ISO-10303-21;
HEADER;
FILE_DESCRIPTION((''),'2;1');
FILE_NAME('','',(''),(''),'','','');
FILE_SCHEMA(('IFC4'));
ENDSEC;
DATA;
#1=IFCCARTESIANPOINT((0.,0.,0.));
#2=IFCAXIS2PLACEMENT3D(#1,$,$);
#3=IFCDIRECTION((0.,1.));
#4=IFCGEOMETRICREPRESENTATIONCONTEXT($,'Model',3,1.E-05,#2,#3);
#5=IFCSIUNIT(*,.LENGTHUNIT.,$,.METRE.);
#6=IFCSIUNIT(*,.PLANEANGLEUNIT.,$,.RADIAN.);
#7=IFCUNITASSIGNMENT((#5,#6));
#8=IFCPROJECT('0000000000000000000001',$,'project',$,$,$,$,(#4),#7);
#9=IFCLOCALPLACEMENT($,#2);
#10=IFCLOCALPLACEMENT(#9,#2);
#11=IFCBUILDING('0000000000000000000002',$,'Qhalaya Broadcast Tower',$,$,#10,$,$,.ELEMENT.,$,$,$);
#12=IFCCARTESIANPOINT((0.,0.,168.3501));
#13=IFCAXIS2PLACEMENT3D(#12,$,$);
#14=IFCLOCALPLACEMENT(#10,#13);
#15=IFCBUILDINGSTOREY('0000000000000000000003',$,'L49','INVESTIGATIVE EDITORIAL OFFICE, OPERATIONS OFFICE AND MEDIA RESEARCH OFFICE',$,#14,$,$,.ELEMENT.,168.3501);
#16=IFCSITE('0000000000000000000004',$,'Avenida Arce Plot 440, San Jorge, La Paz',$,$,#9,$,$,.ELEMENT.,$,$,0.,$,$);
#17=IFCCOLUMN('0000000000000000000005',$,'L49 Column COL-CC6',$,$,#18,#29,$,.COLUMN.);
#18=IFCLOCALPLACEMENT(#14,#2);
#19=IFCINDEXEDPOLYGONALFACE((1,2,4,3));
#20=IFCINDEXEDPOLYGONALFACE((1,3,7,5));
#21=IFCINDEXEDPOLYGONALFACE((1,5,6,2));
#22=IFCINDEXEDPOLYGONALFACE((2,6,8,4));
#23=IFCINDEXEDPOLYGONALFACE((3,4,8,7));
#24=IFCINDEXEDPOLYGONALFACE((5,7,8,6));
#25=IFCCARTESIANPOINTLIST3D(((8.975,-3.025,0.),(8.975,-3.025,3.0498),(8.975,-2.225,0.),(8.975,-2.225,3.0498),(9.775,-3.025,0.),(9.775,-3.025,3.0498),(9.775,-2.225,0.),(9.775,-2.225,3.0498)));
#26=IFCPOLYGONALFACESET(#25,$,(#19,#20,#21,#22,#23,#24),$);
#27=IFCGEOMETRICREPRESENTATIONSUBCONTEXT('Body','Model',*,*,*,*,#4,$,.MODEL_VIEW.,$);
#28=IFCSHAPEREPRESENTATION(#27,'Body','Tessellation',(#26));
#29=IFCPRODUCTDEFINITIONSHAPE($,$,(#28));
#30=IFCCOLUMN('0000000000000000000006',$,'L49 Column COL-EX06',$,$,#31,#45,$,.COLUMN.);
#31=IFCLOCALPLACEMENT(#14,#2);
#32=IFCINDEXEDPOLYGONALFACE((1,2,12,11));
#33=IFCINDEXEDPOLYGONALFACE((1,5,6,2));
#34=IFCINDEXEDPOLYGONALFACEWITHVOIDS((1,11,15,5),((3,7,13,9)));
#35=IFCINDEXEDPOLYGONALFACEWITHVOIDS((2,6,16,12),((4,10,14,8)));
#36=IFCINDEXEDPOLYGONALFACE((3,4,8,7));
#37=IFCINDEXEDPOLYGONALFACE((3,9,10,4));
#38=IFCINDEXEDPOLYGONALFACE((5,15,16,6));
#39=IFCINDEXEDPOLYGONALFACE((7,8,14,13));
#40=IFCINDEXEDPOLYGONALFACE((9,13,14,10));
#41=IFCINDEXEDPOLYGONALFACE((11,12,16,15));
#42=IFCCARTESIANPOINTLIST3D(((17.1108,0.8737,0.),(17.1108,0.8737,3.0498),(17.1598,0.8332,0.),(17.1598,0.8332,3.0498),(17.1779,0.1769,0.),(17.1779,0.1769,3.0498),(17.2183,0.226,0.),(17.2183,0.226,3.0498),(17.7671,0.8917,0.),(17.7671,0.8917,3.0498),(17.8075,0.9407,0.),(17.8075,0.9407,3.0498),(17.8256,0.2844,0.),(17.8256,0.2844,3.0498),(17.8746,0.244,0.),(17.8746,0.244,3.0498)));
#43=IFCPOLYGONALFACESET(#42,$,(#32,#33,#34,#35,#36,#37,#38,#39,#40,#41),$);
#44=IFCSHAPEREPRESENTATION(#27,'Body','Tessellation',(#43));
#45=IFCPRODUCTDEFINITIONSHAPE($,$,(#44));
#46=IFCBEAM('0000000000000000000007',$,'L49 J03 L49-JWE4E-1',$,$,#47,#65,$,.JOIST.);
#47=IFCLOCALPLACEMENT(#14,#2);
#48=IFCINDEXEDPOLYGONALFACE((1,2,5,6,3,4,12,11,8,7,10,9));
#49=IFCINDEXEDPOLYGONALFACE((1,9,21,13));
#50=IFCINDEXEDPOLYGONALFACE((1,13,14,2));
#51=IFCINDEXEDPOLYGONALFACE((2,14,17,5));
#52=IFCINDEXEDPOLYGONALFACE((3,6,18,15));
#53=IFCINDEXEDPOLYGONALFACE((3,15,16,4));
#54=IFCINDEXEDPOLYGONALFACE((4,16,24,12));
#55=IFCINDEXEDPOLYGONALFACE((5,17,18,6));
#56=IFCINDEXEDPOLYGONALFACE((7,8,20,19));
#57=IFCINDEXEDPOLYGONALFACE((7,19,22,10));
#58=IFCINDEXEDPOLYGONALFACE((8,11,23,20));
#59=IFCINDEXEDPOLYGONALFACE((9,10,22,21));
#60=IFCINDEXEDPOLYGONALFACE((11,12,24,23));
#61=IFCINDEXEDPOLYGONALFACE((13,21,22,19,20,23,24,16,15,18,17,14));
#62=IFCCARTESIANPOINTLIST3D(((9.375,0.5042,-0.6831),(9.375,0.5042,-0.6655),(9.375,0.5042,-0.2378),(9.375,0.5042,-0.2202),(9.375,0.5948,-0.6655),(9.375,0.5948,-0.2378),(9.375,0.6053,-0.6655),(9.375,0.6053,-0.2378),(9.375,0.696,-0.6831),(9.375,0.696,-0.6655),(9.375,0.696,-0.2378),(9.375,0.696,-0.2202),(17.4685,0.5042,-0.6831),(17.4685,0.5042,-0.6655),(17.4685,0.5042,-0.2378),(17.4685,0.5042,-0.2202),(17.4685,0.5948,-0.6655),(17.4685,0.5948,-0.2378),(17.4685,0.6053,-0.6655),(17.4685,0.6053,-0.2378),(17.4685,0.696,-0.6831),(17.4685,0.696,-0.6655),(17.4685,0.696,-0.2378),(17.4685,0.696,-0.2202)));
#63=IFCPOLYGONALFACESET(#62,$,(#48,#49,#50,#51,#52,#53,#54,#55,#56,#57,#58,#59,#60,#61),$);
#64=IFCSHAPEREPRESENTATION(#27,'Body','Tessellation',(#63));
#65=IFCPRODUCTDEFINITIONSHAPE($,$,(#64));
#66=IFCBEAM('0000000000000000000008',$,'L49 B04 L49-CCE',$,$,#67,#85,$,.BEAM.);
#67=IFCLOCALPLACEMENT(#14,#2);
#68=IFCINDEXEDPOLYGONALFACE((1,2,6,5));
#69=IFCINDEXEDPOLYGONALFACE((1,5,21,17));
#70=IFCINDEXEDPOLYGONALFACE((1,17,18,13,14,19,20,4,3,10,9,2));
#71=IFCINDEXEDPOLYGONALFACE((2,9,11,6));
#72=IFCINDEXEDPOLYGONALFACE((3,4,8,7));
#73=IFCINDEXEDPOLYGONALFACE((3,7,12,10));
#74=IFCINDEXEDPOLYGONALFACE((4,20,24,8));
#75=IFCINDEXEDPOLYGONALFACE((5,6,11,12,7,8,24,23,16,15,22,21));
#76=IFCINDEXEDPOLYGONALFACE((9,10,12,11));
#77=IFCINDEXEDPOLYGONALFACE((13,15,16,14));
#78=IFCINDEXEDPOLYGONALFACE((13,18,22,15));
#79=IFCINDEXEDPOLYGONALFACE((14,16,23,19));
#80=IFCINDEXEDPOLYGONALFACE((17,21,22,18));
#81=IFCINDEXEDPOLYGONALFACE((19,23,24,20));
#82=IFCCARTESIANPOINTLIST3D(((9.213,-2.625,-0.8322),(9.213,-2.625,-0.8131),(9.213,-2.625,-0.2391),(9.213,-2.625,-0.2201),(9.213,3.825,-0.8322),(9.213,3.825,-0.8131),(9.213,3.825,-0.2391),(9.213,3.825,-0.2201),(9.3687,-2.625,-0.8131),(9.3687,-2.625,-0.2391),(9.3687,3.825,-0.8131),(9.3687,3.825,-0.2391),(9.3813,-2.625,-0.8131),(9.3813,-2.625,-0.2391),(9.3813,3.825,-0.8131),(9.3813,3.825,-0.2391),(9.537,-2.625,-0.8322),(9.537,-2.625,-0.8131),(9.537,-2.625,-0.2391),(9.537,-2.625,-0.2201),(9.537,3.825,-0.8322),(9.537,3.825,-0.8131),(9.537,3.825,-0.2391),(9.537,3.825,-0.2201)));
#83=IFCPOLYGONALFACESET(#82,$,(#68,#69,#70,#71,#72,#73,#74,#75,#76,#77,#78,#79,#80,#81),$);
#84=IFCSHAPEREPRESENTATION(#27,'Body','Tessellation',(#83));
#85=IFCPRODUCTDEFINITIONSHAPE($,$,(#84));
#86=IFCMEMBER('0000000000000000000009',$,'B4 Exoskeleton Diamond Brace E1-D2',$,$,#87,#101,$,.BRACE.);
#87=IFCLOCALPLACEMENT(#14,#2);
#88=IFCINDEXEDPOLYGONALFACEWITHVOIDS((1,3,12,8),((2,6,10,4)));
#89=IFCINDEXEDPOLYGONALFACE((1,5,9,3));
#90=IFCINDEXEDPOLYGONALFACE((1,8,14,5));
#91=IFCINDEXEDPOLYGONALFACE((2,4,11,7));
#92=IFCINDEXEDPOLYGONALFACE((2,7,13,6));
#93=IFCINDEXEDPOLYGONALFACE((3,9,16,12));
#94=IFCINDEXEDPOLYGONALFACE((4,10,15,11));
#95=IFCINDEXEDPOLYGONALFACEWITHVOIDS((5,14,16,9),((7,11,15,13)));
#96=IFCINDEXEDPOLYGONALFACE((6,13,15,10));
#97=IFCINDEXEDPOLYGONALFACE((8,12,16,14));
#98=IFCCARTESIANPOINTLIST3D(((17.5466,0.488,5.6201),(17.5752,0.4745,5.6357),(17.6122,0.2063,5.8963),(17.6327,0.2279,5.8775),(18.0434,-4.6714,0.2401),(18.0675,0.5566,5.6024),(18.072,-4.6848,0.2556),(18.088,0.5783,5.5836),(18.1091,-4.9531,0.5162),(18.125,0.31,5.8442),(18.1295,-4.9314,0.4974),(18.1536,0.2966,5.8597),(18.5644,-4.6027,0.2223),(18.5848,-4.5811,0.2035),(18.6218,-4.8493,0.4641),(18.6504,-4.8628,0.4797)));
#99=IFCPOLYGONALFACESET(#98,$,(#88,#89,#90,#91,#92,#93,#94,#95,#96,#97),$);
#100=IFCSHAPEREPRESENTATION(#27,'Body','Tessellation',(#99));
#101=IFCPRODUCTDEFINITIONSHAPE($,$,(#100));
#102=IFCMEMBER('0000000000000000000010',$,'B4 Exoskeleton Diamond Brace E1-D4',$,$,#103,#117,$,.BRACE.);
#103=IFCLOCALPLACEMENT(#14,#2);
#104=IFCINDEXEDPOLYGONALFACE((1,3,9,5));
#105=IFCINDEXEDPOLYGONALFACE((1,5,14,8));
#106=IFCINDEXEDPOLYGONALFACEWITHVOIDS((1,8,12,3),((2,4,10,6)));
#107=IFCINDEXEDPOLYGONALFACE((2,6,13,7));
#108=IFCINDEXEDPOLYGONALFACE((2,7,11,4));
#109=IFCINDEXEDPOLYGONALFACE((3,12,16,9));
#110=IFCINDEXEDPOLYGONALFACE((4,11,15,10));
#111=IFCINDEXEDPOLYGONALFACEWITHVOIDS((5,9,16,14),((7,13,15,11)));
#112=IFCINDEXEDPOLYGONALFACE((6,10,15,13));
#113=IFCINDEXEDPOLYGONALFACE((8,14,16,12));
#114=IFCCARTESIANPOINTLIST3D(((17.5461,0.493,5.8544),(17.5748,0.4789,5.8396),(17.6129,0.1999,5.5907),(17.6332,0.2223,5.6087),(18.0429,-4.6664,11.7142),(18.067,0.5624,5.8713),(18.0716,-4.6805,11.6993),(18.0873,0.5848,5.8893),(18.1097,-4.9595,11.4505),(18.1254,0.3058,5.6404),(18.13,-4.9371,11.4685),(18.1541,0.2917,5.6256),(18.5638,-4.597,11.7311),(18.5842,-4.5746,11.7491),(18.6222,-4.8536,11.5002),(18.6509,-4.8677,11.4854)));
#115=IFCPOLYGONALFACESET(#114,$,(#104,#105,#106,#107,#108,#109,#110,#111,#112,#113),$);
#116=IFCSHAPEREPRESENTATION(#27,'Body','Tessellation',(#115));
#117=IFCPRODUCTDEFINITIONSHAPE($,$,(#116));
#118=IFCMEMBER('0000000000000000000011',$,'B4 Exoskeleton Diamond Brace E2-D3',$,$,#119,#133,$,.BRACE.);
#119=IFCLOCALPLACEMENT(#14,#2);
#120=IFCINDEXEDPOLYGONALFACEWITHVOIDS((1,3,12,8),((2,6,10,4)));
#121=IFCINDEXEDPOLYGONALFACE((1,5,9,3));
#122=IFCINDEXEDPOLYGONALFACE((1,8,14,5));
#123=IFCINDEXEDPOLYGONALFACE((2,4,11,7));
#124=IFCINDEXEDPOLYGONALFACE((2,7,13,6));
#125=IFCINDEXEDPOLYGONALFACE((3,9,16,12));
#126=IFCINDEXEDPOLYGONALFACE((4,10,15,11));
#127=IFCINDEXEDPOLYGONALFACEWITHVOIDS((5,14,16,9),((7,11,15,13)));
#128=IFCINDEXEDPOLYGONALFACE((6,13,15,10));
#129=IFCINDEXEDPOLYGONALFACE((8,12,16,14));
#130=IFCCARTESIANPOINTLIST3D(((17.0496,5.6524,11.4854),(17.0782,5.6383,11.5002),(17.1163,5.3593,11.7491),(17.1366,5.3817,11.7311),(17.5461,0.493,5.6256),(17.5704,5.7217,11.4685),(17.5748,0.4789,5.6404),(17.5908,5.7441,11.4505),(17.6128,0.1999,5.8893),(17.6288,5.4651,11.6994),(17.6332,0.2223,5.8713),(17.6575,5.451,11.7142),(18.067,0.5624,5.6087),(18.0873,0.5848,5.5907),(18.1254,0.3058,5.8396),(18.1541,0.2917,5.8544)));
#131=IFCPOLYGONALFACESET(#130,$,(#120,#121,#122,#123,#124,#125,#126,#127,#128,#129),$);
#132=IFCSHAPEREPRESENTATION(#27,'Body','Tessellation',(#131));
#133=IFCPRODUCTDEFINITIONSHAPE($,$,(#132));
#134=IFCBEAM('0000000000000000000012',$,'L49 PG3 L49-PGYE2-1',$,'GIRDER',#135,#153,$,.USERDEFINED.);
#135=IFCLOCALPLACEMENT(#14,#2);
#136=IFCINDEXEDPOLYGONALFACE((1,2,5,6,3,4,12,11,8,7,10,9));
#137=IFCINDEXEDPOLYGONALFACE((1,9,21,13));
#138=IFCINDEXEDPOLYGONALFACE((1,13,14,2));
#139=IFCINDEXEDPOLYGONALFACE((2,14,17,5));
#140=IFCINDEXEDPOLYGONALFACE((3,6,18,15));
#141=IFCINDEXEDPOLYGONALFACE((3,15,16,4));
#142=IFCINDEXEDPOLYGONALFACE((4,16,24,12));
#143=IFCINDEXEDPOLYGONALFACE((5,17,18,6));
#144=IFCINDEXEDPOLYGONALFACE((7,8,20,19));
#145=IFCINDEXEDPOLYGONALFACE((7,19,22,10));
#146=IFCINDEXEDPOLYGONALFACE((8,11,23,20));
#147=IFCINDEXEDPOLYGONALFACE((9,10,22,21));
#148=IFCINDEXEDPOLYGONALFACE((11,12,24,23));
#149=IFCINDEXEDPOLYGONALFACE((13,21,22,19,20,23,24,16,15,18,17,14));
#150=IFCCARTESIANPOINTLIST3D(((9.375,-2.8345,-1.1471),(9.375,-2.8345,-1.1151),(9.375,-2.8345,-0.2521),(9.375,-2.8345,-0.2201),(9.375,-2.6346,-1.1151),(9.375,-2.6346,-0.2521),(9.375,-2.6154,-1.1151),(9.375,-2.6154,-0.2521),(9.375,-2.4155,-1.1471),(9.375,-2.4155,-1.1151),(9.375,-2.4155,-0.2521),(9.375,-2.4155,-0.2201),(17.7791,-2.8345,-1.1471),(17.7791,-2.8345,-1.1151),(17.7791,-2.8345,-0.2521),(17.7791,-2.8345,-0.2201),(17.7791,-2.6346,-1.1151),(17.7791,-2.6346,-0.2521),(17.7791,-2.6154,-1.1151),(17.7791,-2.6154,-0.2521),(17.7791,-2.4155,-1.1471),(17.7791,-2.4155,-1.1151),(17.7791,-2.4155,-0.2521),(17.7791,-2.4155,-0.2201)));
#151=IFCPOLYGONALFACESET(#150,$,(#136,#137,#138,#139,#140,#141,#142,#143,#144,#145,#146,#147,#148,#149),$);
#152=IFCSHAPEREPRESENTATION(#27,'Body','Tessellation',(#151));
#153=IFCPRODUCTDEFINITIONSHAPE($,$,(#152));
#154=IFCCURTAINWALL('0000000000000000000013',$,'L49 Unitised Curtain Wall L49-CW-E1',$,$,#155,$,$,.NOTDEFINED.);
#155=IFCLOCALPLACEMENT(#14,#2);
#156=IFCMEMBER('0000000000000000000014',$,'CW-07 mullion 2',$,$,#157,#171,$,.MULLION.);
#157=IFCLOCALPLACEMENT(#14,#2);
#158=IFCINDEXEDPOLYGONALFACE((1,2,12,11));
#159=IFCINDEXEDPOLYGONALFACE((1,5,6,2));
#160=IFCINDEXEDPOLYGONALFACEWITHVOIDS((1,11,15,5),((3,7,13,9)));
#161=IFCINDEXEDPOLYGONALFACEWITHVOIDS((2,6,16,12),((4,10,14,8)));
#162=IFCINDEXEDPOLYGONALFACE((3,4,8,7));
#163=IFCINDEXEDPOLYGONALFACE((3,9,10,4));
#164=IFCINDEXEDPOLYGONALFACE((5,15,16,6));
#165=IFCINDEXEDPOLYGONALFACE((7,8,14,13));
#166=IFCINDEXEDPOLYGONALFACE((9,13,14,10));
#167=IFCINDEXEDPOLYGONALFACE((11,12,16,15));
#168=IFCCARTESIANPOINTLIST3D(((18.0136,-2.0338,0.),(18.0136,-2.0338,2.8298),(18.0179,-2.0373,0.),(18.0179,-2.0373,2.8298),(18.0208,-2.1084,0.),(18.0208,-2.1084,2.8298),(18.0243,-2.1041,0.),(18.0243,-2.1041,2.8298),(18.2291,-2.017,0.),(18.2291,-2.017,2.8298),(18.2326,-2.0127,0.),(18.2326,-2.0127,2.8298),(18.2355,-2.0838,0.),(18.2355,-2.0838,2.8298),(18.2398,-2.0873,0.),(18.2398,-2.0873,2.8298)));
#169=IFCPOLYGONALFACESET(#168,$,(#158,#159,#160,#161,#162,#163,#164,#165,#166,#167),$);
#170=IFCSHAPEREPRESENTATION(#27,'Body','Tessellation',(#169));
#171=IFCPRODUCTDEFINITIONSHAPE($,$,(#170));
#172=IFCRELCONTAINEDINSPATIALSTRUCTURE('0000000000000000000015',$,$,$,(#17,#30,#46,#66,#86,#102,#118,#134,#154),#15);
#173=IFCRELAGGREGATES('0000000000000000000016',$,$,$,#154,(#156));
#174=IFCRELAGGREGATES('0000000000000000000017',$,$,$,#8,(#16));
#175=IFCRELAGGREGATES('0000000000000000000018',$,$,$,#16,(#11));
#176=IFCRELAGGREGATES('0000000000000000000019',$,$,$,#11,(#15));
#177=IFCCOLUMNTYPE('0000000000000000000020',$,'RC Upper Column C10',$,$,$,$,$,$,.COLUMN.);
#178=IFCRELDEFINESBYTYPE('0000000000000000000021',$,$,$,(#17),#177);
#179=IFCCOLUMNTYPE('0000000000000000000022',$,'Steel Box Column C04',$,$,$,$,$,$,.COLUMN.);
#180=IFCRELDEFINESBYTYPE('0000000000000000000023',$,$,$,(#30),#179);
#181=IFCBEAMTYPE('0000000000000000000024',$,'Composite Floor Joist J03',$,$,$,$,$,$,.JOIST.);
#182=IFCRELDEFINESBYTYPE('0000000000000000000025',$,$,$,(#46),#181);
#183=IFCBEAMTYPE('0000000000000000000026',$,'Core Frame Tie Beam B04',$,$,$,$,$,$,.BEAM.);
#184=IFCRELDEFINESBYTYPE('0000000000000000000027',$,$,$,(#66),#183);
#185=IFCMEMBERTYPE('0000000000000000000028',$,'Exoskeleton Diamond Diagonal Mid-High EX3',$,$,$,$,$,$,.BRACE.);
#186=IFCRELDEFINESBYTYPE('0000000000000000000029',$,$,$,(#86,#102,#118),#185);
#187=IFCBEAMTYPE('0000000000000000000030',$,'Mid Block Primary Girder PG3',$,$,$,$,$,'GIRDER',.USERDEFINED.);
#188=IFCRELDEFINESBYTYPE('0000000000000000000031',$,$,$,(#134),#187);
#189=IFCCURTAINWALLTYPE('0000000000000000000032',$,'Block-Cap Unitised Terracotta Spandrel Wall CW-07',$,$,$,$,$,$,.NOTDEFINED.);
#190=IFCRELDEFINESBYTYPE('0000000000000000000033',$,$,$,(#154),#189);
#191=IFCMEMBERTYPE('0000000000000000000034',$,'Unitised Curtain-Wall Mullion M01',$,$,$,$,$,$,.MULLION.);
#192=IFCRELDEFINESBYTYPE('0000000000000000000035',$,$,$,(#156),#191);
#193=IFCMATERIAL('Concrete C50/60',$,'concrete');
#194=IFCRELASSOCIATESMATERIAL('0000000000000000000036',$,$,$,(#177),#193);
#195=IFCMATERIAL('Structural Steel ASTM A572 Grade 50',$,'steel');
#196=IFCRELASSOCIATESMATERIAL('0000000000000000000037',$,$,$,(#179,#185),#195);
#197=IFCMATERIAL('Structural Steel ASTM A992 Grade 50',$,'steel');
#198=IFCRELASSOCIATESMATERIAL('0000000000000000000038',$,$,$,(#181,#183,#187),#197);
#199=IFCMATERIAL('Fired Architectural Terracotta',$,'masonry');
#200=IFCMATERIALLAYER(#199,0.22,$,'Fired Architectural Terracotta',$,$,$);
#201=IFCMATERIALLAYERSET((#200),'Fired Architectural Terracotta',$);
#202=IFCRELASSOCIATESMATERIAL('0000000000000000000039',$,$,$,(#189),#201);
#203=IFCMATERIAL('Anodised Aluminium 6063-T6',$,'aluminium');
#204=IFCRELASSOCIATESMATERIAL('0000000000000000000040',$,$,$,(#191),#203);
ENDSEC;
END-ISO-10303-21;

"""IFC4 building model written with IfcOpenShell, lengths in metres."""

from ifc_helpers import new_model, si_unit, direction, frame, origin, origin_2d, place, context, subcontext, project, spatial, rectangle, hollow_rectangle, i_section, extrude, material, layer, layer_set, material_profile, profile_set, type_object, element, aggregate, save


model = new_model("IFC4")

# Units and contexts
model_context = context("Model", 3, precision=1e-05, world=origin(), true_north=direction((0.0, 1.0)))
body_context = subcontext(model_context, "Body", "Model", "MODEL_VIEW")
ifc_project = project(units=[si_unit("LENGTHUNIT", "METRE"), si_unit("PLANEANGLEUNIT", "RADIAN")], contexts=[model_context])

# Site, building, storey
site_placement = place(None, origin())
site = spatial("IfcSite", under=ifc_project, at=site_placement, Name="Avenida Arce Plot 440, San Jorge, La Paz", CompositionType="ELEMENT", RefElevation=0.0)
building_placement = place(site_placement, origin())
building = spatial("IfcBuilding", under=site, at=building_placement, Name="Qhalaya Broadcast Tower", CompositionType="ELEMENT")
storey_placement = place(building_placement, frame((0.0, 0.0, 168.3501)))
storey = spatial("IfcBuildingStorey", under=building, at=storey_placement, Name="L49", Description="INVESTIGATIVE EDITORIAL OFFICE, OPERATIONS OFFICE AND MEDIA RESEARCH OFFICE", CompositionType="ELEMENT", Elevation=168.3501)

# Columns
ifc_material_1 = material(Name="Concrete C50/60", Category="concrete")
ifc_material_profile_1 = material_profile(ifc_material_1, rectangle(XDim=0.8, YDim=0.8, at=origin_2d()), Name="RC-COL 800x800")
ifc_profile_set_1 = profile_set([ifc_material_profile_1], Name="Concrete C50/60")
column_type_1 = type_object("IfcColumnType", Name="RC Upper Column C10", PredefinedType="COLUMN", material=ifc_profile_set_1)
column_1_placement = place(storey_placement, frame((9.375, -2.625, 0.0), z_axis=(0.0, 0.0, 1.0), x_axis=(1.0, 0.0, 0.0)))
element("IfcColumn", 1, at=column_1_placement, inside=storey, type_object=column_type_1, Name="L49 Column COL-CC6", PredefinedType="COLUMN", context=body_context, shape_type="SweptSolid", body=[
    extrude(rectangle(XDim=0.8, YDim=0.8, at=origin_2d()), origin(), (0.0, 0.0, 1.0), 3.0498),
])
ifc_material_2 = material(Name="Structural Steel ASTM A572 Grade 50", Category="steel")
ifc_material_profile_2 = material_profile(ifc_material_2, hollow_rectangle(XDim=0.7, YDim=0.7, WallThickness=0.0449, at=origin_2d()), Name="BOX 700x700x45")
ifc_profile_set_2 = profile_set([ifc_material_profile_2], Name="Structural Steel ASTM A572 Grade 50")
column_type_2 = type_object("IfcColumnType", Name="Steel Box Column C04", PredefinedType="COLUMN", material=ifc_profile_set_2)
column_2_placement = place(storey_placement, frame((17.4927, 0.5588, 0.0), z_axis=(0.0, 0.0, 1.0), x_axis=(-0.095846, 0.995396, 0.0)))
element("IfcColumn", 2, at=column_2_placement, inside=storey, type_object=column_type_2, Name="L49 Column COL-EX06", PredefinedType="COLUMN", context=body_context, shape_type="SweptSolid", body=[
    extrude(hollow_rectangle(XDim=0.7, YDim=0.7, WallThickness=0.0449, at=origin_2d()), origin(), (0.0, 0.0, 1.0), 3.0498),
])

# Beams
ifc_material_3 = material(Name="Structural Steel ASTM A992 Grade 50", Category="steel")
ifc_material_profile_3 = material_profile(ifc_material_3, i_section(OverallWidth=0.1919, OverallDepth=0.4629, WebThickness=0.0105, FlangeThickness=0.0176, at=origin_2d()), Name="W18X60")
ifc_profile_set_3 = profile_set([ifc_material_profile_3], Name="Structural Steel ASTM A992 Grade 50")
beam_type_1 = type_object("IfcBeamType", Name="Composite Floor Joist J03", PredefinedType="JOIST", material=ifc_profile_set_3)
beam_1_placement = place(storey_placement, frame((9.375, 0.6001, -0.4517), z_axis=(1.0, 0.0, 0.0), x_axis=(0.0, 1.0, 0.0)))
element("IfcBeam", 3, at=beam_1_placement, inside=storey, type_object=beam_type_1, Name="L49 J03 L49-JWE4E-1", PredefinedType="JOIST", context=body_context, shape_type="SweptSolid", body=[
    extrude(i_section(OverallWidth=0.1919, OverallDepth=0.4629, WebThickness=0.0105, FlangeThickness=0.0176, at=origin_2d()), origin(), (0.0, 0.0, 1.0), 8.0935),
])
ifc_material_profile_4 = material_profile(ifc_material_3, i_section(OverallWidth=0.324, OverallDepth=0.6121, WebThickness=0.0127, FlangeThickness=0.019, at=origin_2d()), Name="W24X104")
ifc_profile_set_4 = profile_set([ifc_material_profile_4], Name="Structural Steel ASTM A992 Grade 50")
beam_type_2 = type_object("IfcBeamType", Name="Core Frame Tie Beam B04", PredefinedType="BEAM", material=ifc_profile_set_4)
beam_2_placement = place(storey_placement, frame((9.375, -2.625, -0.5261), z_axis=(0.0, 1.0, 0.0), x_axis=(-1.0, 0.0, 0.0)))
element("IfcBeam", 4, at=beam_2_placement, inside=storey, type_object=beam_type_2, Name="L49 B04 L49-CCE", PredefinedType="BEAM", context=body_context, shape_type="SweptSolid", body=[
    extrude(i_section(OverallWidth=0.324, OverallDepth=0.6121, WebThickness=0.0127, FlangeThickness=0.019, at=origin_2d()), origin(), (0.0, 0.0, 1.0), 6.45),
])

# Members
ifc_material_profile_5 = material_profile(ifc_material_2, hollow_rectangle(XDim=0.3999, YDim=0.55, WallThickness=0.0249, at=origin_2d()), Name="BOX 400x550x25")
ifc_profile_set_5 = profile_set([ifc_material_profile_5], Name="Structural Steel ASTM A572 Grade 50")
member_type_1 = type_object("IfcMemberType", Name="Exoskeleton Diamond Diagonal Mid-High EX3", PredefinedType="BRACE", material=ifc_profile_set_5)
member_1_placement = place(storey_placement, frame((18.3469, -4.7671, 0.3599), z_axis=(-0.066503, 0.690616, 0.720158), x_axis=(0.164115, -0.704355, 0.690616)))
element("IfcMember", 5, at=member_1_placement, inside=storey, type_object=member_type_1, Name="B4 Exoskeleton Diamond Brace E1-D2", PredefinedType="BRACE", context=body_context, shape_type="SweptSolid", body=[
    extrude(hollow_rectangle(XDim=0.3999, YDim=0.55, WallThickness=0.0249, at=origin_2d()), origin(), (0.0, 0.0, 1.0), 7.4707),
])
for number, where, z_axis, x_axis, name in (
    (6, (17.8501, 0.3923, 5.74), (0.063506, -0.659492, 0.749024), (-0.166869, 0.732956, 0.659492), "B4 Exoskeleton Diamond Brace E1-D4"),
    (7, (17.8501, 0.3923, 5.74), (-0.063475, 0.659493, 0.749026), (0.166835, -0.732965, 0.659491), "B4 Exoskeleton Diamond Brace E2-D3"),
):
    element("IfcMember", number, at=place(storey_placement, frame(where, z_axis=z_axis, x_axis=x_axis)), inside=storey, type_object=member_type_1, Name=name, PredefinedType="BRACE", context=body_context, shape_type="SweptSolid", body=[
        extrude(hollow_rectangle(XDim=0.3999, YDim=0.55, WallThickness=0.0249, at=origin_2d()), origin(), (0.0, 0.0, 1.0), 7.8232),
    ])

# Beam
ifc_material_profile_6 = material_profile(ifc_material_3, i_section(OverallWidth=0.4189, OverallDepth=0.927, WebThickness=0.0193, FlangeThickness=0.032, at=origin_2d()), Name="W36X231")
ifc_profile_set_6 = profile_set([ifc_material_profile_6], Name="Structural Steel ASTM A992 Grade 50")
beam_type_3 = type_object("IfcBeamType", Name="Mid Block Primary Girder PG3", ElementType="GIRDER", PredefinedType="USERDEFINED", material=ifc_profile_set_6)
beam_3_placement = place(storey_placement, frame((9.375, -2.625, -0.6836), z_axis=(1.0, 0.0, 0.0), x_axis=(0.0, 1.0, 0.0)))
element("IfcBeam", 8, at=beam_3_placement, inside=storey, type_object=beam_type_3, Name="L49 PG3 L49-PGYE2-1", ObjectType="GIRDER", PredefinedType="USERDEFINED", context=body_context, shape_type="SweptSolid", body=[
    extrude(i_section(OverallWidth=0.4189, OverallDepth=0.927, WebThickness=0.0193, FlangeThickness=0.032, at=origin_2d()), origin(), (0.0, 0.0, 1.0), 8.4041),
])

# Curtain wall, member
ifc_material_4 = material(Name="Fired Architectural Terracotta", Category="masonry")
ifc_layer_1 = layer(ifc_material_4, 0.22, Name="Fired Architectural Terracotta")
ifc_layer_set_1 = layer_set([ifc_layer_1], Name="Fired Architectural Terracotta")
curtain_wall_type_1 = type_object("IfcCurtainWallType", Name="Block-Cap Unitised Terracotta Spandrel Wall CW-07", PredefinedType="NOTDEFINED", material=ifc_layer_set_1)
curtain_wall_1_placement = place(storey_placement, origin())
curtain_wall_1 = element("IfcCurtainWall", 9, at=curtain_wall_1_placement, inside=storey, type_object=curtain_wall_type_1, Name="L49 Unitised Curtain Wall L49-CW-E1", PredefinedType="NOTDEFINED")
ifc_material_5 = material(Name="Anodised Aluminium 6063-T6", Category="aluminium")
ifc_material_profile_7 = material_profile(ifc_material_5, hollow_rectangle(XDim=0.075, YDim=0.22, WallThickness=0.0039, at=origin_2d()), Name="ALU-MUL 75x220x4")
ifc_profile_set_7 = profile_set([ifc_material_profile_7], Name="Anodised Aluminium 6063-T6")
member_type_2 = type_object("IfcMemberType", Name="Unitised Curtain-Wall Mullion M01", PredefinedType="MULLION", material=ifc_profile_set_7)
member_2_placement = place(storey_placement, frame((18.1267, -2.0605, 0.0), z_axis=(0.0, 0.0, 1.0), x_axis=(-0.095842, 0.995397, 0.0)))
member_2 = element("IfcMember", 10, at=member_2_placement, type_object=member_type_2, Name="CW-07 mullion 2", PredefinedType="MULLION", context=body_context, shape_type="SweptSolid", body=[
    extrude(hollow_rectangle(XDim=0.075, YDim=0.22, WallThickness=0.0039, at=origin_2d()), origin(), (0.0, 0.0, 1.0), 2.8298),
])
aggregate(curtain_wall_1, [member_2])

save(model, "model.ifc")
